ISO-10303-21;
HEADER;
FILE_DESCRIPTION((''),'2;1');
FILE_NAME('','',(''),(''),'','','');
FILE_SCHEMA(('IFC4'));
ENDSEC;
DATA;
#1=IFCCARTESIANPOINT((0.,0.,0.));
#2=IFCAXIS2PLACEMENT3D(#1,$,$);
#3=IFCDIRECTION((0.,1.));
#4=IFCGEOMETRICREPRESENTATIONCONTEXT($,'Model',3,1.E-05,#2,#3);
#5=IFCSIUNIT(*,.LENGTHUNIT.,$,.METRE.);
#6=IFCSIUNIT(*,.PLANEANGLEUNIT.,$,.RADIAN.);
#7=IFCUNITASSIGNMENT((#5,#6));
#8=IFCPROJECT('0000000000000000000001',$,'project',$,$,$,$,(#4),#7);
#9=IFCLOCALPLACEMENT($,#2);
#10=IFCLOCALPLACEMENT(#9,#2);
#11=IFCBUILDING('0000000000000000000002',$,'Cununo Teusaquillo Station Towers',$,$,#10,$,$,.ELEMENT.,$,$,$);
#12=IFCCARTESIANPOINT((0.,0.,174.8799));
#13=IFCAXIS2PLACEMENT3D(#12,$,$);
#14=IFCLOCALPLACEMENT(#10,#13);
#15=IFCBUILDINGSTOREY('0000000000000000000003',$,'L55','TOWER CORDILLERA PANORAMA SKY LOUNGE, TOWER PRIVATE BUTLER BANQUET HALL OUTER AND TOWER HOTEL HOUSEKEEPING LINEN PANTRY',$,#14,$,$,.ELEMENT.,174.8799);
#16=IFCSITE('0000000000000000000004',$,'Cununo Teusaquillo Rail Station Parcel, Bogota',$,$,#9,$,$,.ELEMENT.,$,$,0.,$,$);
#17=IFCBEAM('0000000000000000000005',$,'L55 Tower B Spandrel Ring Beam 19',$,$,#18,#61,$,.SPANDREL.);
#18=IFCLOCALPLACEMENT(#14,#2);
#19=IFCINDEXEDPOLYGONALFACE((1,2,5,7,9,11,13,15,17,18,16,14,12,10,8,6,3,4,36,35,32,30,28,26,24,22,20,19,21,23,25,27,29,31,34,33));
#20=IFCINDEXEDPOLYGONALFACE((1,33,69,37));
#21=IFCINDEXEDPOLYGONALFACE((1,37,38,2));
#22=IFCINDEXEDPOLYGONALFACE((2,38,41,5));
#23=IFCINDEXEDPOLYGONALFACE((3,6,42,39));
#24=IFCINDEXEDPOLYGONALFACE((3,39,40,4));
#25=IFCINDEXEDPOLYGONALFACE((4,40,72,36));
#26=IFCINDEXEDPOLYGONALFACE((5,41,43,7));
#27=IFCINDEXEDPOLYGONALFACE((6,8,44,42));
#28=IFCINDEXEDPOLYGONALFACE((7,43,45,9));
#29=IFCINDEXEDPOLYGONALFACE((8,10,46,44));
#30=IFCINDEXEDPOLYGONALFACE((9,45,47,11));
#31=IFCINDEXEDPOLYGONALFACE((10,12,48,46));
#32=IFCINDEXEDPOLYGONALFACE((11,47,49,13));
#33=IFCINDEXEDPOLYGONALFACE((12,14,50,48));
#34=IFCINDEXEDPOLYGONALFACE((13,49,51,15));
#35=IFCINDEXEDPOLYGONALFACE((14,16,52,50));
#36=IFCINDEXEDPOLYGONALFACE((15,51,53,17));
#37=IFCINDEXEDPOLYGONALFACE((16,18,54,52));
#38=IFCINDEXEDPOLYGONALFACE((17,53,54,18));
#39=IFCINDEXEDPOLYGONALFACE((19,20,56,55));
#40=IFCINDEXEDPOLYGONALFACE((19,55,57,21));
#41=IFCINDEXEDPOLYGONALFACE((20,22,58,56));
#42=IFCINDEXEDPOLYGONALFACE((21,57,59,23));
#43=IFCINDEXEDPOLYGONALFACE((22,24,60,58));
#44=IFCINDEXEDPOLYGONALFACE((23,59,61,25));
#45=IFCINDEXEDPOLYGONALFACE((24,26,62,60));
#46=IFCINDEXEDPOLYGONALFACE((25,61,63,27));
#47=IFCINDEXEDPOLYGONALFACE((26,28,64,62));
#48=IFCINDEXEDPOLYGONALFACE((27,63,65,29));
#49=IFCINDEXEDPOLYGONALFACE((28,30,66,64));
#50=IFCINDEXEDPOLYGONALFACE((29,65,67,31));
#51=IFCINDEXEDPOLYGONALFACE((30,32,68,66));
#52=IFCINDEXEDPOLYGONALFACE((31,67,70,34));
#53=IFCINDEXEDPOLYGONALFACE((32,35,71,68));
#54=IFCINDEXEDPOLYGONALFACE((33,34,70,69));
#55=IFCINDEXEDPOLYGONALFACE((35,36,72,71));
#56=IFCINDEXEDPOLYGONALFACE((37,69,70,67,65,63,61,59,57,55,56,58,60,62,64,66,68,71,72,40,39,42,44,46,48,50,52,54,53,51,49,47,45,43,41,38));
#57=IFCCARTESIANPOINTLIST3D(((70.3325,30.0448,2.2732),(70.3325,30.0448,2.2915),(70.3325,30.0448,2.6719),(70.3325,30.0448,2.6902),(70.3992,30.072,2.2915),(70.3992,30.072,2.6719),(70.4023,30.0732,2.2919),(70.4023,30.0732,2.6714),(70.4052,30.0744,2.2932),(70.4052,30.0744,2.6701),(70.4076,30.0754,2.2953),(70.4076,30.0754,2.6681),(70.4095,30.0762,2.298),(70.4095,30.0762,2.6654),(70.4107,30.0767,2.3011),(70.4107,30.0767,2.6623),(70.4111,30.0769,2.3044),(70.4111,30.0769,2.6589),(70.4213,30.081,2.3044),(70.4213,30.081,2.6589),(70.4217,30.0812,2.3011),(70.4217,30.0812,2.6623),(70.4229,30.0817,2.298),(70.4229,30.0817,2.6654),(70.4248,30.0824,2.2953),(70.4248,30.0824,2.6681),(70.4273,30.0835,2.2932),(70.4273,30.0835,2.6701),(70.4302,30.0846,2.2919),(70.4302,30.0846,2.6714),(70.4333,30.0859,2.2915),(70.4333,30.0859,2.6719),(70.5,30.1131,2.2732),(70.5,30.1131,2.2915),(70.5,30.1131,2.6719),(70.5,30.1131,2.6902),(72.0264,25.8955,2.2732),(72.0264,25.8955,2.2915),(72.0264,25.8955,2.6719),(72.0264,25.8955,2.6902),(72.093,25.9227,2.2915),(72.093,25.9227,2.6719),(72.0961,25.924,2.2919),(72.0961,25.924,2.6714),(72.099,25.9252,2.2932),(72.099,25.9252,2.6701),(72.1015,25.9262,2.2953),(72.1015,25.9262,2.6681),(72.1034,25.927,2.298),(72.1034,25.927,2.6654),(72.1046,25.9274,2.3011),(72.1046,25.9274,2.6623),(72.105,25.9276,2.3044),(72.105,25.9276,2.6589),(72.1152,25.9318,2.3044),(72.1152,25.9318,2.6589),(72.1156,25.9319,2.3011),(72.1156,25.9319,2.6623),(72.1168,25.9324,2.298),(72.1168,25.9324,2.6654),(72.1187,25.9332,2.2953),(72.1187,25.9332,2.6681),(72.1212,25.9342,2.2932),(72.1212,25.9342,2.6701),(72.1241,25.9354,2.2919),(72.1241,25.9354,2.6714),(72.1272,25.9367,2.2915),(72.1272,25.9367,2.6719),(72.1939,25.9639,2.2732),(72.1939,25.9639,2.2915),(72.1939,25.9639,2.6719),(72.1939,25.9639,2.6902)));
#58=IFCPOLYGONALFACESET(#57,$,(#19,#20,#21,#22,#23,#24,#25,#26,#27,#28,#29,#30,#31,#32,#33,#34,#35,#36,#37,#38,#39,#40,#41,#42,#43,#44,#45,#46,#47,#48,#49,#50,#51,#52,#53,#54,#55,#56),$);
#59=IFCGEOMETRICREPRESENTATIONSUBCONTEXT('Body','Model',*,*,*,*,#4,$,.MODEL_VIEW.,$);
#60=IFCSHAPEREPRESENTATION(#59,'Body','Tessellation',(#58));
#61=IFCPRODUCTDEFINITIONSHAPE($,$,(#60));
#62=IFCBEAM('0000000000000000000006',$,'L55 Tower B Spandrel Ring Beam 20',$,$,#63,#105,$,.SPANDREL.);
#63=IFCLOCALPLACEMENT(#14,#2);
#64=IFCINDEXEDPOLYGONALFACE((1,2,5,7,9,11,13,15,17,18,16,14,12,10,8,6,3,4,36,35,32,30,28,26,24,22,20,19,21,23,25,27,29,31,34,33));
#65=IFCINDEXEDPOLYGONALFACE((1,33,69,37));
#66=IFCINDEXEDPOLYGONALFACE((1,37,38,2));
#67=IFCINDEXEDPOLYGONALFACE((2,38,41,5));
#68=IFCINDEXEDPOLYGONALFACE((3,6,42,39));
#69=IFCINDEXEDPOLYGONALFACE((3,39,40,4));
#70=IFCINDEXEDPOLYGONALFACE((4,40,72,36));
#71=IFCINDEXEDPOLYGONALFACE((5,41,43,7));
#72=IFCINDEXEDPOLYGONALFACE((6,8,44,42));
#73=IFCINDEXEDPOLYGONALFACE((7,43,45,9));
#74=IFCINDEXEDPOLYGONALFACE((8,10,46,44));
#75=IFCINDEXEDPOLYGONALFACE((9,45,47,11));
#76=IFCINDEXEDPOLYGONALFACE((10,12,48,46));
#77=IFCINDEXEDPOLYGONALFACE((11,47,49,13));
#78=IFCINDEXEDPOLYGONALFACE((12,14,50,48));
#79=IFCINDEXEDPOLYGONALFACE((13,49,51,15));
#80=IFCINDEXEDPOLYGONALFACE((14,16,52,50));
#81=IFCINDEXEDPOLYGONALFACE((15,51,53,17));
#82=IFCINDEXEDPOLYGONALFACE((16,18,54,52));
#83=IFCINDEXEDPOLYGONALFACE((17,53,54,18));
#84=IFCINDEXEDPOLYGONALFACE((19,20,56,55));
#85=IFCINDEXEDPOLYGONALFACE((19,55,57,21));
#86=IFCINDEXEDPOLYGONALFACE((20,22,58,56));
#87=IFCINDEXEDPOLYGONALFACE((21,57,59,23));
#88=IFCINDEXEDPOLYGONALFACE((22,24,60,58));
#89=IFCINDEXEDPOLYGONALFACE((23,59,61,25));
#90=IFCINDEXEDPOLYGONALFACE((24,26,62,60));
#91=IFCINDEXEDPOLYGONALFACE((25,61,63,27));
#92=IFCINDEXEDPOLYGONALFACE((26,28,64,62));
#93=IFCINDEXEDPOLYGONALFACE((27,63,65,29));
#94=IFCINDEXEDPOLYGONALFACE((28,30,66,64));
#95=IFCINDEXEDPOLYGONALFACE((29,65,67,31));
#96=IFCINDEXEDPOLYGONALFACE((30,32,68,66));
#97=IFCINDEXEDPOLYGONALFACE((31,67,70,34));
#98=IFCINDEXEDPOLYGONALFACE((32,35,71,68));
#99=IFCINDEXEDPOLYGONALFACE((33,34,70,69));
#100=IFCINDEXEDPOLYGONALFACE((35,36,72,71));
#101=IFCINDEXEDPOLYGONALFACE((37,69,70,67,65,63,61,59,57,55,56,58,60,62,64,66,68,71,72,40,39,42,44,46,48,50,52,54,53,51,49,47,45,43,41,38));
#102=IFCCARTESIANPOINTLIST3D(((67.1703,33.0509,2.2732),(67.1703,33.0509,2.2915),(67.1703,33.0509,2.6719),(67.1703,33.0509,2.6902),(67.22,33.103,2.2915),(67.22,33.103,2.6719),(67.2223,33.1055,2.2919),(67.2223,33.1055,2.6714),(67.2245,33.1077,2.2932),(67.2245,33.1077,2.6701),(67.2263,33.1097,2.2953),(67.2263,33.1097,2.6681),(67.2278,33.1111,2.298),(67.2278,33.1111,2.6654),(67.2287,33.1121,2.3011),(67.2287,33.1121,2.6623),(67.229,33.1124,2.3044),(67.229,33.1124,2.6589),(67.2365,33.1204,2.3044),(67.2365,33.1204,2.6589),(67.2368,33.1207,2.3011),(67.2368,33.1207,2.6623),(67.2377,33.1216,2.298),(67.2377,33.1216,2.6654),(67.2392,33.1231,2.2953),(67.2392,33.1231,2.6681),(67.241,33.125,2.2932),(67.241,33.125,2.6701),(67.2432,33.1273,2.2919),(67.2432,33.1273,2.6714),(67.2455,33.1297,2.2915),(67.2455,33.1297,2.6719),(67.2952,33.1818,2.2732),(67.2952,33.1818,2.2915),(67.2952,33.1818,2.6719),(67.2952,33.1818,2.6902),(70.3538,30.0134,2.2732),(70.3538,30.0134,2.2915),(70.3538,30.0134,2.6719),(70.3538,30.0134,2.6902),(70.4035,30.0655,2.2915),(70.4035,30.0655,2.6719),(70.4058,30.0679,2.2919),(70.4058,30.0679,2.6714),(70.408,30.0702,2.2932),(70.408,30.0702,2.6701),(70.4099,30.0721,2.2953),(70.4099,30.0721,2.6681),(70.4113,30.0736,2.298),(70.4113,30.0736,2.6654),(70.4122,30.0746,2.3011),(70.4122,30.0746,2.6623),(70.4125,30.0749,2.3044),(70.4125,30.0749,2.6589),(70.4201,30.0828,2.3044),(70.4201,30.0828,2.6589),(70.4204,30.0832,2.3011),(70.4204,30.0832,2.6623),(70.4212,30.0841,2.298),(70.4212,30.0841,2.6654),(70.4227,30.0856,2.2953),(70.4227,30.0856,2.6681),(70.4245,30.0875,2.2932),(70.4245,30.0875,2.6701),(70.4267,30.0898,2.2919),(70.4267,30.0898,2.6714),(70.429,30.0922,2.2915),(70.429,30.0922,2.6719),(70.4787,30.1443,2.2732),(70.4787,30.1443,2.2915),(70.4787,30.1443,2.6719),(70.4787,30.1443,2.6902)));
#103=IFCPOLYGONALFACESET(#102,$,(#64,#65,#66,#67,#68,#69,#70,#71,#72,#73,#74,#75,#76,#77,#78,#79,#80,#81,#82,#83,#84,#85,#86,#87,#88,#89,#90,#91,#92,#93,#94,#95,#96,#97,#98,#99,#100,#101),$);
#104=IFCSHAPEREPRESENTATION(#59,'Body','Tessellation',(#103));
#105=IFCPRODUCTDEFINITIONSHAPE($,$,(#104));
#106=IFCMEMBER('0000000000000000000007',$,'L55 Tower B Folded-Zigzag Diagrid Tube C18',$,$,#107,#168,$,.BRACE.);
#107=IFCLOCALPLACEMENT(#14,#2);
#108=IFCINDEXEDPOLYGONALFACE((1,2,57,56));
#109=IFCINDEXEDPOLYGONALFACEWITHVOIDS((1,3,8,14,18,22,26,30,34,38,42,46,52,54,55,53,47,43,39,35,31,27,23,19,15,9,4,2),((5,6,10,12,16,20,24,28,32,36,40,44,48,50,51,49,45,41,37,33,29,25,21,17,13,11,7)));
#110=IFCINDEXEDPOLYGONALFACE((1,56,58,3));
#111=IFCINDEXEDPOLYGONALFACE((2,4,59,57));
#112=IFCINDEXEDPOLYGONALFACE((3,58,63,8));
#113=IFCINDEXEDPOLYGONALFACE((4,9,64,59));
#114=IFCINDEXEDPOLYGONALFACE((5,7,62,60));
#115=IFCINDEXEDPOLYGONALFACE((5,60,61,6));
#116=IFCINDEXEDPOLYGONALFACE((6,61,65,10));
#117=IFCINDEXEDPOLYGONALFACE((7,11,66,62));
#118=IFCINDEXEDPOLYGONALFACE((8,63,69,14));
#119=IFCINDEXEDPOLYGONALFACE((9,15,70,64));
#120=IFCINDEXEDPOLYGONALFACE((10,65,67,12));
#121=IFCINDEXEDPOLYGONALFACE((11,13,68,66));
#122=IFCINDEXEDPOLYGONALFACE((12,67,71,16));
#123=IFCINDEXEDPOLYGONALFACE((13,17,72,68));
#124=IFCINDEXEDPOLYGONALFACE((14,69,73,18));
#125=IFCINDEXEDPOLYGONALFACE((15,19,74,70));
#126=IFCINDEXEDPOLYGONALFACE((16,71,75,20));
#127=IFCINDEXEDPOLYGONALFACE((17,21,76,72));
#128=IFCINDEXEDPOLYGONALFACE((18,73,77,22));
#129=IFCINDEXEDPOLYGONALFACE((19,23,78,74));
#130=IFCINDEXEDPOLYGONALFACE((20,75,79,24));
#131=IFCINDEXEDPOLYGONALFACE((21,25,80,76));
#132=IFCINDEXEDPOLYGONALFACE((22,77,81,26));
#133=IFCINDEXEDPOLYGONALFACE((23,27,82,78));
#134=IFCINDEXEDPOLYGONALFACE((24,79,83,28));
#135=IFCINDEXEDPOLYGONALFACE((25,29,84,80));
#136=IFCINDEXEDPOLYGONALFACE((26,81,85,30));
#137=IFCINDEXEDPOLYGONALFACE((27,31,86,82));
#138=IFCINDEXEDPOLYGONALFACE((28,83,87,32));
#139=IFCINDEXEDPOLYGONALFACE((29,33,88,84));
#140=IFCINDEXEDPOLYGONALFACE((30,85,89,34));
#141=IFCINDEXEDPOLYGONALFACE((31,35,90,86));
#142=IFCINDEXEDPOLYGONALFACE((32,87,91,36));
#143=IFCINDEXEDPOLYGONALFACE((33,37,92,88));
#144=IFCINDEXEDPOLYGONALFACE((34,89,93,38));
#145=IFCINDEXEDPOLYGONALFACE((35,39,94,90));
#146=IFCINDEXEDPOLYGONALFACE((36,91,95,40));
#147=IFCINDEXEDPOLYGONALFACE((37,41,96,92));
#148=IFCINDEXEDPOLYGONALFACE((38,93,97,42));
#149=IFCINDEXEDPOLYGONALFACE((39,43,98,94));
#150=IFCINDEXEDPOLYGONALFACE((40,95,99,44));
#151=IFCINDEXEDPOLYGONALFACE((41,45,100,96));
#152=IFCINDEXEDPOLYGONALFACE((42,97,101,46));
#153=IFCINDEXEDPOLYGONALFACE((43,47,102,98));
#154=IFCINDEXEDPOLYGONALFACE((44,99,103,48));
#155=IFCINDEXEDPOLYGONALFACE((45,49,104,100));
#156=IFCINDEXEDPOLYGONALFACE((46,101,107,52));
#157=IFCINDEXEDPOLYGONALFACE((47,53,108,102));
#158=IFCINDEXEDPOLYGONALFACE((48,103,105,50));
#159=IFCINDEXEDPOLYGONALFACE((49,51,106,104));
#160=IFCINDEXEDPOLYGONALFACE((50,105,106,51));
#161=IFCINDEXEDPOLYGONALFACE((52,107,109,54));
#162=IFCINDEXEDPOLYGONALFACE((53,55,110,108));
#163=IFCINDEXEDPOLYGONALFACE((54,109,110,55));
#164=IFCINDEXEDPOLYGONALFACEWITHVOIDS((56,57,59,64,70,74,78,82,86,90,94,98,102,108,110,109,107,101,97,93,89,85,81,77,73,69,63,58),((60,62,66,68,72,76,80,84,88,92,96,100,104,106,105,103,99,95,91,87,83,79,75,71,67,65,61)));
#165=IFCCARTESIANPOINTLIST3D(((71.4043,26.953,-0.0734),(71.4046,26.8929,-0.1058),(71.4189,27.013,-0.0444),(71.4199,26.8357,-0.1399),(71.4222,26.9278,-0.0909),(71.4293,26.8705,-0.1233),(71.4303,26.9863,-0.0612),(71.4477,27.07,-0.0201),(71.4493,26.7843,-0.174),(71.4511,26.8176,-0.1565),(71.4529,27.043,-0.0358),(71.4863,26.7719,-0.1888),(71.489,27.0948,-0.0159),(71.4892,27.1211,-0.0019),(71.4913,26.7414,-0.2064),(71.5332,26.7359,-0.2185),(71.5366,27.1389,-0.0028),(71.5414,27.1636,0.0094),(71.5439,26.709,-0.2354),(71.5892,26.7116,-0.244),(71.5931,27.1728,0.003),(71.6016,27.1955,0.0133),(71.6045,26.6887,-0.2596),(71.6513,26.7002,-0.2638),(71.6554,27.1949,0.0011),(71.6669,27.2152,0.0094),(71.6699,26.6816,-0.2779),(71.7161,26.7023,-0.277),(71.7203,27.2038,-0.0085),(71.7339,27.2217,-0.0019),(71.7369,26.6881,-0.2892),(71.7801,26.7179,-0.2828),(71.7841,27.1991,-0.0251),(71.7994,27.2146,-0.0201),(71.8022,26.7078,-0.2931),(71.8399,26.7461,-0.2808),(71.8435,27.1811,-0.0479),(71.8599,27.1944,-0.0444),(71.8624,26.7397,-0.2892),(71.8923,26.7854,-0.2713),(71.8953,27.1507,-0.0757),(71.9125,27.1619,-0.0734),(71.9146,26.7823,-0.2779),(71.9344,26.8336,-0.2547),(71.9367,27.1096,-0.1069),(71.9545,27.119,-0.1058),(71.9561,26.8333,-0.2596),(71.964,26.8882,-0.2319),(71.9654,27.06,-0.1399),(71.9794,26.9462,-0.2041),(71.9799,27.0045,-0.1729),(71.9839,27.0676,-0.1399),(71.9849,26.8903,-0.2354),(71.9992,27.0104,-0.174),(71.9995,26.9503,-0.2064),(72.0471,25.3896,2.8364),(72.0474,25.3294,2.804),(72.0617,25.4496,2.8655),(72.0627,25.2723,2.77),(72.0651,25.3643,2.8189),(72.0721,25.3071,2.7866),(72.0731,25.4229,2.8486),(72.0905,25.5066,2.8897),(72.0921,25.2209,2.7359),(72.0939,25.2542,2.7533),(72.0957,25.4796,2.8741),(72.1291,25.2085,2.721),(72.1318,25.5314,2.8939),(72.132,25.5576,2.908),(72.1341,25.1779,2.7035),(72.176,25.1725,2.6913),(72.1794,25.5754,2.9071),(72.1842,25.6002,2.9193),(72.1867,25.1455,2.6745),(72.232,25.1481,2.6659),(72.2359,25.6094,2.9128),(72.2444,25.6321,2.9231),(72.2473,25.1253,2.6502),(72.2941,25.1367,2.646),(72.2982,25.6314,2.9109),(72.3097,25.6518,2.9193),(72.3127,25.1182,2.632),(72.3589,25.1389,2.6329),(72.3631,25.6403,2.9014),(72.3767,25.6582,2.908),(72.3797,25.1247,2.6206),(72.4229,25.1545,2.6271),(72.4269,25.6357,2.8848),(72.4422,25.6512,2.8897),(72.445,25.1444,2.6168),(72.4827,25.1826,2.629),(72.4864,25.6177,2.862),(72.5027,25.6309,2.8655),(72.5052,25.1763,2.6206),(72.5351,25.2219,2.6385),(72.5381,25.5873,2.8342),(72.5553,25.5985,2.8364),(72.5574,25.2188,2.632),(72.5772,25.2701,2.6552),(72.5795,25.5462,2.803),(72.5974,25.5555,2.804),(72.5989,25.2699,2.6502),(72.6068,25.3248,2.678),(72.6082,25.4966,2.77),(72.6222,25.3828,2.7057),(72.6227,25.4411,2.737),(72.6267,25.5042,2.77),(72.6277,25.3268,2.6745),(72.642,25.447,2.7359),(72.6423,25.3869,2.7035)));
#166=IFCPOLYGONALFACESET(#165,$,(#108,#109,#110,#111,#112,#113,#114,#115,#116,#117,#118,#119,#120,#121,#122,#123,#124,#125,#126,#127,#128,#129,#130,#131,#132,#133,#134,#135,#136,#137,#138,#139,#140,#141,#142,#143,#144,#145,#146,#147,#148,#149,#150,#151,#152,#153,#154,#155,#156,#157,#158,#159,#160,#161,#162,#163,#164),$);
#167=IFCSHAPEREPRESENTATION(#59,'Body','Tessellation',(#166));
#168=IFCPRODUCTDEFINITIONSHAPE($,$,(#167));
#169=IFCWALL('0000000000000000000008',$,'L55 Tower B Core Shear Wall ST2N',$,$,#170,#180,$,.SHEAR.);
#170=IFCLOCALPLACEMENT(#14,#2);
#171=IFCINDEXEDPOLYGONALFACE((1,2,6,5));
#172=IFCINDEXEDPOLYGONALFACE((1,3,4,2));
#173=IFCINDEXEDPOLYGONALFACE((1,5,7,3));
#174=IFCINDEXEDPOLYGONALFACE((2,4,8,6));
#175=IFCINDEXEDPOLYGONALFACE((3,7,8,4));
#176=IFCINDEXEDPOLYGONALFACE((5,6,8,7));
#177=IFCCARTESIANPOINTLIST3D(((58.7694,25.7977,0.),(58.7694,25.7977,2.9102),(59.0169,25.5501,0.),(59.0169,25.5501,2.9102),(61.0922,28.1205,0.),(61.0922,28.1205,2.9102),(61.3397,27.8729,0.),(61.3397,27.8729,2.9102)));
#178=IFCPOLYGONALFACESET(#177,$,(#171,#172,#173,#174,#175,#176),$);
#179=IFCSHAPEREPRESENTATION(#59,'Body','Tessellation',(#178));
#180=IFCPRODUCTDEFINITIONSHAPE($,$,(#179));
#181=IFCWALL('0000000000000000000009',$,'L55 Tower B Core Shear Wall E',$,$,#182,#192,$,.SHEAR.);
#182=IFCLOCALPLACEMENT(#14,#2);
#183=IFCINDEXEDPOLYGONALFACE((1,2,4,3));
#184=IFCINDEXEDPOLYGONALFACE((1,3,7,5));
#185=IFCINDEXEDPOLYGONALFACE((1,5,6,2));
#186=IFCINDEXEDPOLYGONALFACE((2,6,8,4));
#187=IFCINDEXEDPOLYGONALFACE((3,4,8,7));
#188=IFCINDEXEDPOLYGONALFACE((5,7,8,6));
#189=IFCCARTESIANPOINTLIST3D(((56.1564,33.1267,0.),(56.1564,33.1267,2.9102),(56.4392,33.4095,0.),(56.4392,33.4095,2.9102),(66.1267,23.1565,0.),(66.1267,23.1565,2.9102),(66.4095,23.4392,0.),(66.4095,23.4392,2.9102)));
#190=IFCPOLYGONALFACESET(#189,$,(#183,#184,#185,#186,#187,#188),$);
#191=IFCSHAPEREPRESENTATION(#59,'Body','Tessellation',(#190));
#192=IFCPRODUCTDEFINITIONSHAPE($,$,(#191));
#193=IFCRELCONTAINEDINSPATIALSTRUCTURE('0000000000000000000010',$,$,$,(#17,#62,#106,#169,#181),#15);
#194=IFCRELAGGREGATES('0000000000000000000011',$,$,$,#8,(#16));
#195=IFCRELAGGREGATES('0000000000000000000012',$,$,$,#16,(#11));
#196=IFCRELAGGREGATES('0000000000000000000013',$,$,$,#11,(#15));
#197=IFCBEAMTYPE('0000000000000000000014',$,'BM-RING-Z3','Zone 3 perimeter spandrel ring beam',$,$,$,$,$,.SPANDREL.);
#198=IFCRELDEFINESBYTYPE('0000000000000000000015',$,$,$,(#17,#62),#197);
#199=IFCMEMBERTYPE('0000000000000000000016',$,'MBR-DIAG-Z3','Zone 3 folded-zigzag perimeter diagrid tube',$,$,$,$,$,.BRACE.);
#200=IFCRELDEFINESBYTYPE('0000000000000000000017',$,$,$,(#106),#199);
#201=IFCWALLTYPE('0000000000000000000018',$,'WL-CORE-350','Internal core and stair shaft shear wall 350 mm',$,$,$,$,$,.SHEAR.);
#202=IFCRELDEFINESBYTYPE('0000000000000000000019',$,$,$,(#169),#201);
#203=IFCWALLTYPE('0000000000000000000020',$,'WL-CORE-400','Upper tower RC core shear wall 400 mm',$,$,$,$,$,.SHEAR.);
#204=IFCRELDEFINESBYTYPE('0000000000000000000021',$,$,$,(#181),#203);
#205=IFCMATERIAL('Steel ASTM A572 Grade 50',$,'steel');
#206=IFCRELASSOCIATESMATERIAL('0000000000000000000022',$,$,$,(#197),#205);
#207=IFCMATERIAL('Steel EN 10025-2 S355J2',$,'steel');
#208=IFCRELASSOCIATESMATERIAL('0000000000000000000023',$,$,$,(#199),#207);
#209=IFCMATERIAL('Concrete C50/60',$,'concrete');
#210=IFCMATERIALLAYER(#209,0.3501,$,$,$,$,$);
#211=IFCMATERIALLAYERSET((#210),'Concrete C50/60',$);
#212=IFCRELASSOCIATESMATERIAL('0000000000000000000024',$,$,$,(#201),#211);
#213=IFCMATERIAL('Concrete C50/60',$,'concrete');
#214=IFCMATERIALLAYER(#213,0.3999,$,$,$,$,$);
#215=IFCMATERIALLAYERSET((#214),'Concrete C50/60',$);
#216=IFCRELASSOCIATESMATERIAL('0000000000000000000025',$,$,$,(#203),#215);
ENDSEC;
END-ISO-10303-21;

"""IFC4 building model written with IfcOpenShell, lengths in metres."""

from ifc_helpers import new_model, si_unit, direction, frame, frame_2d, origin, origin_2d, place, context, subcontext, project, spatial, rectangle, hollow_circle, i_section, extrude, material, layer, layer_set, material_profile, profile_set, type_object, element, save


model = new_model("IFC4")

# Units and contexts
model_context = context("Model", 3, precision=1e-05, world=origin(), true_north=direction((0.0, 1.0)))
body_context = subcontext(model_context, "Body", "Model", "MODEL_VIEW")
ifc_project = project(units=[si_unit("LENGTHUNIT", "METRE"), si_unit("PLANEANGLEUNIT", "RADIAN")], contexts=[model_context])

# Site, building, storey
site_placement = place(None, origin())
site = spatial("IfcSite", under=ifc_project, at=site_placement, Name="Cununo Teusaquillo Rail Station Parcel, Bogota", CompositionType="ELEMENT", RefElevation=0.0)
building_placement = place(site_placement, origin())
building = spatial("IfcBuilding", under=site, at=building_placement, Name="Cununo Teusaquillo Station Towers", CompositionType="ELEMENT")
storey_placement = place(building_placement, frame((0.0, 0.0, 174.8799)))
storey = spatial("IfcBuildingStorey", under=building, at=storey_placement, Name="L55", Description="TOWER CORDILLERA PANORAMA SKY LOUNGE, TOWER PRIVATE BUTLER BANQUET HALL OUTER AND TOWER HOTEL HOUSEKEEPING LINEN PANTRY", CompositionType="ELEMENT", Elevation=174.8799)

# Beams
ifc_material_1 = material(Name="Steel ASTM A572 Grade 50", Category="steel")
ifc_material_profile_1 = material_profile(ifc_material_1, i_section(OverallWidth=0.1809, OverallDepth=0.417, WebThickness=0.011, FlangeThickness=0.0183, FilletRadius=0.0129, at=origin_2d()), Name="W16X57")
ifc_profile_set_1 = profile_set([ifc_material_profile_1], Name="Steel ASTM A572 Grade 50")
beam_type_1 = type_object("IfcBeamType", Name="BM-RING-Z3", Description="Zone 3 perimeter spandrel ring beam", PredefinedType="SPANDREL", material=ifc_profile_set_1)
beam_1_placement = place(storey_placement, frame((72.1101, 25.9297, 2.4817), z_axis=(-0.377956, 0.925824, 0.0), x_axis=(-0.925824, -0.377956, 0.0)))
element("IfcBeam", 1, at=beam_1_placement, inside=storey, type_object=beam_type_1, Name="L55 Tower B Spandrel Ring Beam 19", PredefinedType="SPANDREL", context=body_context, shape_type="SweptSolid", body=[
    extrude(i_section(OverallWidth=0.1809, OverallDepth=0.417, WebThickness=0.011, FlangeThickness=0.0183, FilletRadius=0.0129, at=origin_2d()), origin(), (0.0, 0.0, 1.0), 4.4817),
])
beam_2_placement = place(storey_placement, frame((70.4163, 30.0789, 2.4817), z_axis=(-0.723502, 0.690323, 0.0), x_axis=(-0.690323, -0.723502, 0.0)))
element("IfcBeam", 2, at=beam_2_placement, inside=storey, type_object=beam_type_1, Name="L55 Tower B Spandrel Ring Beam 20", PredefinedType="SPANDREL", context=body_context, shape_type="SweptSolid", body=[
    extrude(i_section(OverallWidth=0.1809, OverallDepth=0.417, WebThickness=0.011, FlangeThickness=0.0183, FilletRadius=0.0129, at=origin_2d()), origin(), (0.0, 0.0, 1.0), 4.4001),
])

# Member
ifc_material_2 = material(Name="Steel EN 10025-2 S355J2", Category="steel")
ifc_material_profile_2 = material_profile(ifc_material_2, hollow_circle(Radius=0.3049, WallThickness=0.02, at=origin_2d()), Name="CHS 610x20")
ifc_profile_set_2 = profile_set([ifc_material_profile_2], Name="Steel EN 10025-2 S355J2")
member_type = type_object("IfcMemberType", Name="MBR-DIAG-Z3", Description="Zone 3 folded-zigzag perimeter diagrid tube", PredefinedType="BRACE", material=ifc_profile_set_2)
member_placement = place(storey_placement, frame((71.7019, 26.9517, -0.1399), z_axis=(0.191015, -0.464587, 0.86468), x_axis=(0.924878, 0.380263, 0.0)))
element("IfcMember", 3, at=member_placement, inside=storey, type_object=member_type, Name="L55 Tower B Folded-Zigzag Diagrid Tube C18", PredefinedType="BRACE", context=body_context, shape_type="SweptSolid", body=[
    extrude(hollow_circle(Radius=0.3049, WallThickness=0.02, at=origin_2d()), origin(), (0.0, 0.0, 1.0), 3.3652),
])

# Walls
ifc_material_3 = material(Name="Concrete C50/60", Category="concrete")
ifc_layer_1 = layer(ifc_material_3, 0.3501)
ifc_layer_set_1 = layer_set([ifc_layer_1], Name="Concrete C50/60")
wall_type_1 = type_object("IfcWallType", Name="WL-CORE-350", Description="Internal core and stair shaft shear wall 350 mm", PredefinedType="SHEAR", material=ifc_layer_set_1)
wall_1_placement = place(storey_placement, frame((58.8931, 25.6738, 0.0), z_axis=(0.0, 0.0, 1.0), x_axis=(0.707107, 0.707107, 0.0)))
element("IfcWall", 4, at=wall_1_placement, inside=storey, type_object=wall_type_1, Name="L55 Tower B Core Shear Wall ST2N", PredefinedType="SHEAR", context=body_context, shape_type="SweptSolid", body=[
    extrude(rectangle(XDim=3.2849, YDim=0.3501, at=frame_2d((1.6426, 0.0))), origin(), (0.0, 0.0, 1.0), 2.9102),
])
ifc_material_4 = material(Name="Concrete C50/60", Category="concrete")
ifc_layer_2 = layer(ifc_material_4, 0.3999)
ifc_layer_set_2 = layer_set([ifc_layer_2], Name="Concrete C50/60")
wall_type_2 = type_object("IfcWallType", Name="WL-CORE-400", Description="Upper tower RC core shear wall 400 mm", PredefinedType="SHEAR", material=ifc_layer_set_2)
wall_2_placement = place(storey_placement, frame((66.2681, 23.2979, 0.0), z_axis=(0.0, 0.0, 1.0), x_axis=(-0.707107, 0.707107, 0.0)))
element("IfcWall", 5, at=wall_2_placement, inside=storey, type_object=wall_type_2, Name="L55 Tower B Core Shear Wall E", PredefinedType="SHEAR", context=body_context, shape_type="SweptSolid", body=[
    extrude(rectangle(XDim=14.1001, YDim=0.3999, at=frame_2d((7.05, 0.0))), origin(), (0.0, 0.0, 1.0), 2.9102),
])

save(model, "model.ifc")
